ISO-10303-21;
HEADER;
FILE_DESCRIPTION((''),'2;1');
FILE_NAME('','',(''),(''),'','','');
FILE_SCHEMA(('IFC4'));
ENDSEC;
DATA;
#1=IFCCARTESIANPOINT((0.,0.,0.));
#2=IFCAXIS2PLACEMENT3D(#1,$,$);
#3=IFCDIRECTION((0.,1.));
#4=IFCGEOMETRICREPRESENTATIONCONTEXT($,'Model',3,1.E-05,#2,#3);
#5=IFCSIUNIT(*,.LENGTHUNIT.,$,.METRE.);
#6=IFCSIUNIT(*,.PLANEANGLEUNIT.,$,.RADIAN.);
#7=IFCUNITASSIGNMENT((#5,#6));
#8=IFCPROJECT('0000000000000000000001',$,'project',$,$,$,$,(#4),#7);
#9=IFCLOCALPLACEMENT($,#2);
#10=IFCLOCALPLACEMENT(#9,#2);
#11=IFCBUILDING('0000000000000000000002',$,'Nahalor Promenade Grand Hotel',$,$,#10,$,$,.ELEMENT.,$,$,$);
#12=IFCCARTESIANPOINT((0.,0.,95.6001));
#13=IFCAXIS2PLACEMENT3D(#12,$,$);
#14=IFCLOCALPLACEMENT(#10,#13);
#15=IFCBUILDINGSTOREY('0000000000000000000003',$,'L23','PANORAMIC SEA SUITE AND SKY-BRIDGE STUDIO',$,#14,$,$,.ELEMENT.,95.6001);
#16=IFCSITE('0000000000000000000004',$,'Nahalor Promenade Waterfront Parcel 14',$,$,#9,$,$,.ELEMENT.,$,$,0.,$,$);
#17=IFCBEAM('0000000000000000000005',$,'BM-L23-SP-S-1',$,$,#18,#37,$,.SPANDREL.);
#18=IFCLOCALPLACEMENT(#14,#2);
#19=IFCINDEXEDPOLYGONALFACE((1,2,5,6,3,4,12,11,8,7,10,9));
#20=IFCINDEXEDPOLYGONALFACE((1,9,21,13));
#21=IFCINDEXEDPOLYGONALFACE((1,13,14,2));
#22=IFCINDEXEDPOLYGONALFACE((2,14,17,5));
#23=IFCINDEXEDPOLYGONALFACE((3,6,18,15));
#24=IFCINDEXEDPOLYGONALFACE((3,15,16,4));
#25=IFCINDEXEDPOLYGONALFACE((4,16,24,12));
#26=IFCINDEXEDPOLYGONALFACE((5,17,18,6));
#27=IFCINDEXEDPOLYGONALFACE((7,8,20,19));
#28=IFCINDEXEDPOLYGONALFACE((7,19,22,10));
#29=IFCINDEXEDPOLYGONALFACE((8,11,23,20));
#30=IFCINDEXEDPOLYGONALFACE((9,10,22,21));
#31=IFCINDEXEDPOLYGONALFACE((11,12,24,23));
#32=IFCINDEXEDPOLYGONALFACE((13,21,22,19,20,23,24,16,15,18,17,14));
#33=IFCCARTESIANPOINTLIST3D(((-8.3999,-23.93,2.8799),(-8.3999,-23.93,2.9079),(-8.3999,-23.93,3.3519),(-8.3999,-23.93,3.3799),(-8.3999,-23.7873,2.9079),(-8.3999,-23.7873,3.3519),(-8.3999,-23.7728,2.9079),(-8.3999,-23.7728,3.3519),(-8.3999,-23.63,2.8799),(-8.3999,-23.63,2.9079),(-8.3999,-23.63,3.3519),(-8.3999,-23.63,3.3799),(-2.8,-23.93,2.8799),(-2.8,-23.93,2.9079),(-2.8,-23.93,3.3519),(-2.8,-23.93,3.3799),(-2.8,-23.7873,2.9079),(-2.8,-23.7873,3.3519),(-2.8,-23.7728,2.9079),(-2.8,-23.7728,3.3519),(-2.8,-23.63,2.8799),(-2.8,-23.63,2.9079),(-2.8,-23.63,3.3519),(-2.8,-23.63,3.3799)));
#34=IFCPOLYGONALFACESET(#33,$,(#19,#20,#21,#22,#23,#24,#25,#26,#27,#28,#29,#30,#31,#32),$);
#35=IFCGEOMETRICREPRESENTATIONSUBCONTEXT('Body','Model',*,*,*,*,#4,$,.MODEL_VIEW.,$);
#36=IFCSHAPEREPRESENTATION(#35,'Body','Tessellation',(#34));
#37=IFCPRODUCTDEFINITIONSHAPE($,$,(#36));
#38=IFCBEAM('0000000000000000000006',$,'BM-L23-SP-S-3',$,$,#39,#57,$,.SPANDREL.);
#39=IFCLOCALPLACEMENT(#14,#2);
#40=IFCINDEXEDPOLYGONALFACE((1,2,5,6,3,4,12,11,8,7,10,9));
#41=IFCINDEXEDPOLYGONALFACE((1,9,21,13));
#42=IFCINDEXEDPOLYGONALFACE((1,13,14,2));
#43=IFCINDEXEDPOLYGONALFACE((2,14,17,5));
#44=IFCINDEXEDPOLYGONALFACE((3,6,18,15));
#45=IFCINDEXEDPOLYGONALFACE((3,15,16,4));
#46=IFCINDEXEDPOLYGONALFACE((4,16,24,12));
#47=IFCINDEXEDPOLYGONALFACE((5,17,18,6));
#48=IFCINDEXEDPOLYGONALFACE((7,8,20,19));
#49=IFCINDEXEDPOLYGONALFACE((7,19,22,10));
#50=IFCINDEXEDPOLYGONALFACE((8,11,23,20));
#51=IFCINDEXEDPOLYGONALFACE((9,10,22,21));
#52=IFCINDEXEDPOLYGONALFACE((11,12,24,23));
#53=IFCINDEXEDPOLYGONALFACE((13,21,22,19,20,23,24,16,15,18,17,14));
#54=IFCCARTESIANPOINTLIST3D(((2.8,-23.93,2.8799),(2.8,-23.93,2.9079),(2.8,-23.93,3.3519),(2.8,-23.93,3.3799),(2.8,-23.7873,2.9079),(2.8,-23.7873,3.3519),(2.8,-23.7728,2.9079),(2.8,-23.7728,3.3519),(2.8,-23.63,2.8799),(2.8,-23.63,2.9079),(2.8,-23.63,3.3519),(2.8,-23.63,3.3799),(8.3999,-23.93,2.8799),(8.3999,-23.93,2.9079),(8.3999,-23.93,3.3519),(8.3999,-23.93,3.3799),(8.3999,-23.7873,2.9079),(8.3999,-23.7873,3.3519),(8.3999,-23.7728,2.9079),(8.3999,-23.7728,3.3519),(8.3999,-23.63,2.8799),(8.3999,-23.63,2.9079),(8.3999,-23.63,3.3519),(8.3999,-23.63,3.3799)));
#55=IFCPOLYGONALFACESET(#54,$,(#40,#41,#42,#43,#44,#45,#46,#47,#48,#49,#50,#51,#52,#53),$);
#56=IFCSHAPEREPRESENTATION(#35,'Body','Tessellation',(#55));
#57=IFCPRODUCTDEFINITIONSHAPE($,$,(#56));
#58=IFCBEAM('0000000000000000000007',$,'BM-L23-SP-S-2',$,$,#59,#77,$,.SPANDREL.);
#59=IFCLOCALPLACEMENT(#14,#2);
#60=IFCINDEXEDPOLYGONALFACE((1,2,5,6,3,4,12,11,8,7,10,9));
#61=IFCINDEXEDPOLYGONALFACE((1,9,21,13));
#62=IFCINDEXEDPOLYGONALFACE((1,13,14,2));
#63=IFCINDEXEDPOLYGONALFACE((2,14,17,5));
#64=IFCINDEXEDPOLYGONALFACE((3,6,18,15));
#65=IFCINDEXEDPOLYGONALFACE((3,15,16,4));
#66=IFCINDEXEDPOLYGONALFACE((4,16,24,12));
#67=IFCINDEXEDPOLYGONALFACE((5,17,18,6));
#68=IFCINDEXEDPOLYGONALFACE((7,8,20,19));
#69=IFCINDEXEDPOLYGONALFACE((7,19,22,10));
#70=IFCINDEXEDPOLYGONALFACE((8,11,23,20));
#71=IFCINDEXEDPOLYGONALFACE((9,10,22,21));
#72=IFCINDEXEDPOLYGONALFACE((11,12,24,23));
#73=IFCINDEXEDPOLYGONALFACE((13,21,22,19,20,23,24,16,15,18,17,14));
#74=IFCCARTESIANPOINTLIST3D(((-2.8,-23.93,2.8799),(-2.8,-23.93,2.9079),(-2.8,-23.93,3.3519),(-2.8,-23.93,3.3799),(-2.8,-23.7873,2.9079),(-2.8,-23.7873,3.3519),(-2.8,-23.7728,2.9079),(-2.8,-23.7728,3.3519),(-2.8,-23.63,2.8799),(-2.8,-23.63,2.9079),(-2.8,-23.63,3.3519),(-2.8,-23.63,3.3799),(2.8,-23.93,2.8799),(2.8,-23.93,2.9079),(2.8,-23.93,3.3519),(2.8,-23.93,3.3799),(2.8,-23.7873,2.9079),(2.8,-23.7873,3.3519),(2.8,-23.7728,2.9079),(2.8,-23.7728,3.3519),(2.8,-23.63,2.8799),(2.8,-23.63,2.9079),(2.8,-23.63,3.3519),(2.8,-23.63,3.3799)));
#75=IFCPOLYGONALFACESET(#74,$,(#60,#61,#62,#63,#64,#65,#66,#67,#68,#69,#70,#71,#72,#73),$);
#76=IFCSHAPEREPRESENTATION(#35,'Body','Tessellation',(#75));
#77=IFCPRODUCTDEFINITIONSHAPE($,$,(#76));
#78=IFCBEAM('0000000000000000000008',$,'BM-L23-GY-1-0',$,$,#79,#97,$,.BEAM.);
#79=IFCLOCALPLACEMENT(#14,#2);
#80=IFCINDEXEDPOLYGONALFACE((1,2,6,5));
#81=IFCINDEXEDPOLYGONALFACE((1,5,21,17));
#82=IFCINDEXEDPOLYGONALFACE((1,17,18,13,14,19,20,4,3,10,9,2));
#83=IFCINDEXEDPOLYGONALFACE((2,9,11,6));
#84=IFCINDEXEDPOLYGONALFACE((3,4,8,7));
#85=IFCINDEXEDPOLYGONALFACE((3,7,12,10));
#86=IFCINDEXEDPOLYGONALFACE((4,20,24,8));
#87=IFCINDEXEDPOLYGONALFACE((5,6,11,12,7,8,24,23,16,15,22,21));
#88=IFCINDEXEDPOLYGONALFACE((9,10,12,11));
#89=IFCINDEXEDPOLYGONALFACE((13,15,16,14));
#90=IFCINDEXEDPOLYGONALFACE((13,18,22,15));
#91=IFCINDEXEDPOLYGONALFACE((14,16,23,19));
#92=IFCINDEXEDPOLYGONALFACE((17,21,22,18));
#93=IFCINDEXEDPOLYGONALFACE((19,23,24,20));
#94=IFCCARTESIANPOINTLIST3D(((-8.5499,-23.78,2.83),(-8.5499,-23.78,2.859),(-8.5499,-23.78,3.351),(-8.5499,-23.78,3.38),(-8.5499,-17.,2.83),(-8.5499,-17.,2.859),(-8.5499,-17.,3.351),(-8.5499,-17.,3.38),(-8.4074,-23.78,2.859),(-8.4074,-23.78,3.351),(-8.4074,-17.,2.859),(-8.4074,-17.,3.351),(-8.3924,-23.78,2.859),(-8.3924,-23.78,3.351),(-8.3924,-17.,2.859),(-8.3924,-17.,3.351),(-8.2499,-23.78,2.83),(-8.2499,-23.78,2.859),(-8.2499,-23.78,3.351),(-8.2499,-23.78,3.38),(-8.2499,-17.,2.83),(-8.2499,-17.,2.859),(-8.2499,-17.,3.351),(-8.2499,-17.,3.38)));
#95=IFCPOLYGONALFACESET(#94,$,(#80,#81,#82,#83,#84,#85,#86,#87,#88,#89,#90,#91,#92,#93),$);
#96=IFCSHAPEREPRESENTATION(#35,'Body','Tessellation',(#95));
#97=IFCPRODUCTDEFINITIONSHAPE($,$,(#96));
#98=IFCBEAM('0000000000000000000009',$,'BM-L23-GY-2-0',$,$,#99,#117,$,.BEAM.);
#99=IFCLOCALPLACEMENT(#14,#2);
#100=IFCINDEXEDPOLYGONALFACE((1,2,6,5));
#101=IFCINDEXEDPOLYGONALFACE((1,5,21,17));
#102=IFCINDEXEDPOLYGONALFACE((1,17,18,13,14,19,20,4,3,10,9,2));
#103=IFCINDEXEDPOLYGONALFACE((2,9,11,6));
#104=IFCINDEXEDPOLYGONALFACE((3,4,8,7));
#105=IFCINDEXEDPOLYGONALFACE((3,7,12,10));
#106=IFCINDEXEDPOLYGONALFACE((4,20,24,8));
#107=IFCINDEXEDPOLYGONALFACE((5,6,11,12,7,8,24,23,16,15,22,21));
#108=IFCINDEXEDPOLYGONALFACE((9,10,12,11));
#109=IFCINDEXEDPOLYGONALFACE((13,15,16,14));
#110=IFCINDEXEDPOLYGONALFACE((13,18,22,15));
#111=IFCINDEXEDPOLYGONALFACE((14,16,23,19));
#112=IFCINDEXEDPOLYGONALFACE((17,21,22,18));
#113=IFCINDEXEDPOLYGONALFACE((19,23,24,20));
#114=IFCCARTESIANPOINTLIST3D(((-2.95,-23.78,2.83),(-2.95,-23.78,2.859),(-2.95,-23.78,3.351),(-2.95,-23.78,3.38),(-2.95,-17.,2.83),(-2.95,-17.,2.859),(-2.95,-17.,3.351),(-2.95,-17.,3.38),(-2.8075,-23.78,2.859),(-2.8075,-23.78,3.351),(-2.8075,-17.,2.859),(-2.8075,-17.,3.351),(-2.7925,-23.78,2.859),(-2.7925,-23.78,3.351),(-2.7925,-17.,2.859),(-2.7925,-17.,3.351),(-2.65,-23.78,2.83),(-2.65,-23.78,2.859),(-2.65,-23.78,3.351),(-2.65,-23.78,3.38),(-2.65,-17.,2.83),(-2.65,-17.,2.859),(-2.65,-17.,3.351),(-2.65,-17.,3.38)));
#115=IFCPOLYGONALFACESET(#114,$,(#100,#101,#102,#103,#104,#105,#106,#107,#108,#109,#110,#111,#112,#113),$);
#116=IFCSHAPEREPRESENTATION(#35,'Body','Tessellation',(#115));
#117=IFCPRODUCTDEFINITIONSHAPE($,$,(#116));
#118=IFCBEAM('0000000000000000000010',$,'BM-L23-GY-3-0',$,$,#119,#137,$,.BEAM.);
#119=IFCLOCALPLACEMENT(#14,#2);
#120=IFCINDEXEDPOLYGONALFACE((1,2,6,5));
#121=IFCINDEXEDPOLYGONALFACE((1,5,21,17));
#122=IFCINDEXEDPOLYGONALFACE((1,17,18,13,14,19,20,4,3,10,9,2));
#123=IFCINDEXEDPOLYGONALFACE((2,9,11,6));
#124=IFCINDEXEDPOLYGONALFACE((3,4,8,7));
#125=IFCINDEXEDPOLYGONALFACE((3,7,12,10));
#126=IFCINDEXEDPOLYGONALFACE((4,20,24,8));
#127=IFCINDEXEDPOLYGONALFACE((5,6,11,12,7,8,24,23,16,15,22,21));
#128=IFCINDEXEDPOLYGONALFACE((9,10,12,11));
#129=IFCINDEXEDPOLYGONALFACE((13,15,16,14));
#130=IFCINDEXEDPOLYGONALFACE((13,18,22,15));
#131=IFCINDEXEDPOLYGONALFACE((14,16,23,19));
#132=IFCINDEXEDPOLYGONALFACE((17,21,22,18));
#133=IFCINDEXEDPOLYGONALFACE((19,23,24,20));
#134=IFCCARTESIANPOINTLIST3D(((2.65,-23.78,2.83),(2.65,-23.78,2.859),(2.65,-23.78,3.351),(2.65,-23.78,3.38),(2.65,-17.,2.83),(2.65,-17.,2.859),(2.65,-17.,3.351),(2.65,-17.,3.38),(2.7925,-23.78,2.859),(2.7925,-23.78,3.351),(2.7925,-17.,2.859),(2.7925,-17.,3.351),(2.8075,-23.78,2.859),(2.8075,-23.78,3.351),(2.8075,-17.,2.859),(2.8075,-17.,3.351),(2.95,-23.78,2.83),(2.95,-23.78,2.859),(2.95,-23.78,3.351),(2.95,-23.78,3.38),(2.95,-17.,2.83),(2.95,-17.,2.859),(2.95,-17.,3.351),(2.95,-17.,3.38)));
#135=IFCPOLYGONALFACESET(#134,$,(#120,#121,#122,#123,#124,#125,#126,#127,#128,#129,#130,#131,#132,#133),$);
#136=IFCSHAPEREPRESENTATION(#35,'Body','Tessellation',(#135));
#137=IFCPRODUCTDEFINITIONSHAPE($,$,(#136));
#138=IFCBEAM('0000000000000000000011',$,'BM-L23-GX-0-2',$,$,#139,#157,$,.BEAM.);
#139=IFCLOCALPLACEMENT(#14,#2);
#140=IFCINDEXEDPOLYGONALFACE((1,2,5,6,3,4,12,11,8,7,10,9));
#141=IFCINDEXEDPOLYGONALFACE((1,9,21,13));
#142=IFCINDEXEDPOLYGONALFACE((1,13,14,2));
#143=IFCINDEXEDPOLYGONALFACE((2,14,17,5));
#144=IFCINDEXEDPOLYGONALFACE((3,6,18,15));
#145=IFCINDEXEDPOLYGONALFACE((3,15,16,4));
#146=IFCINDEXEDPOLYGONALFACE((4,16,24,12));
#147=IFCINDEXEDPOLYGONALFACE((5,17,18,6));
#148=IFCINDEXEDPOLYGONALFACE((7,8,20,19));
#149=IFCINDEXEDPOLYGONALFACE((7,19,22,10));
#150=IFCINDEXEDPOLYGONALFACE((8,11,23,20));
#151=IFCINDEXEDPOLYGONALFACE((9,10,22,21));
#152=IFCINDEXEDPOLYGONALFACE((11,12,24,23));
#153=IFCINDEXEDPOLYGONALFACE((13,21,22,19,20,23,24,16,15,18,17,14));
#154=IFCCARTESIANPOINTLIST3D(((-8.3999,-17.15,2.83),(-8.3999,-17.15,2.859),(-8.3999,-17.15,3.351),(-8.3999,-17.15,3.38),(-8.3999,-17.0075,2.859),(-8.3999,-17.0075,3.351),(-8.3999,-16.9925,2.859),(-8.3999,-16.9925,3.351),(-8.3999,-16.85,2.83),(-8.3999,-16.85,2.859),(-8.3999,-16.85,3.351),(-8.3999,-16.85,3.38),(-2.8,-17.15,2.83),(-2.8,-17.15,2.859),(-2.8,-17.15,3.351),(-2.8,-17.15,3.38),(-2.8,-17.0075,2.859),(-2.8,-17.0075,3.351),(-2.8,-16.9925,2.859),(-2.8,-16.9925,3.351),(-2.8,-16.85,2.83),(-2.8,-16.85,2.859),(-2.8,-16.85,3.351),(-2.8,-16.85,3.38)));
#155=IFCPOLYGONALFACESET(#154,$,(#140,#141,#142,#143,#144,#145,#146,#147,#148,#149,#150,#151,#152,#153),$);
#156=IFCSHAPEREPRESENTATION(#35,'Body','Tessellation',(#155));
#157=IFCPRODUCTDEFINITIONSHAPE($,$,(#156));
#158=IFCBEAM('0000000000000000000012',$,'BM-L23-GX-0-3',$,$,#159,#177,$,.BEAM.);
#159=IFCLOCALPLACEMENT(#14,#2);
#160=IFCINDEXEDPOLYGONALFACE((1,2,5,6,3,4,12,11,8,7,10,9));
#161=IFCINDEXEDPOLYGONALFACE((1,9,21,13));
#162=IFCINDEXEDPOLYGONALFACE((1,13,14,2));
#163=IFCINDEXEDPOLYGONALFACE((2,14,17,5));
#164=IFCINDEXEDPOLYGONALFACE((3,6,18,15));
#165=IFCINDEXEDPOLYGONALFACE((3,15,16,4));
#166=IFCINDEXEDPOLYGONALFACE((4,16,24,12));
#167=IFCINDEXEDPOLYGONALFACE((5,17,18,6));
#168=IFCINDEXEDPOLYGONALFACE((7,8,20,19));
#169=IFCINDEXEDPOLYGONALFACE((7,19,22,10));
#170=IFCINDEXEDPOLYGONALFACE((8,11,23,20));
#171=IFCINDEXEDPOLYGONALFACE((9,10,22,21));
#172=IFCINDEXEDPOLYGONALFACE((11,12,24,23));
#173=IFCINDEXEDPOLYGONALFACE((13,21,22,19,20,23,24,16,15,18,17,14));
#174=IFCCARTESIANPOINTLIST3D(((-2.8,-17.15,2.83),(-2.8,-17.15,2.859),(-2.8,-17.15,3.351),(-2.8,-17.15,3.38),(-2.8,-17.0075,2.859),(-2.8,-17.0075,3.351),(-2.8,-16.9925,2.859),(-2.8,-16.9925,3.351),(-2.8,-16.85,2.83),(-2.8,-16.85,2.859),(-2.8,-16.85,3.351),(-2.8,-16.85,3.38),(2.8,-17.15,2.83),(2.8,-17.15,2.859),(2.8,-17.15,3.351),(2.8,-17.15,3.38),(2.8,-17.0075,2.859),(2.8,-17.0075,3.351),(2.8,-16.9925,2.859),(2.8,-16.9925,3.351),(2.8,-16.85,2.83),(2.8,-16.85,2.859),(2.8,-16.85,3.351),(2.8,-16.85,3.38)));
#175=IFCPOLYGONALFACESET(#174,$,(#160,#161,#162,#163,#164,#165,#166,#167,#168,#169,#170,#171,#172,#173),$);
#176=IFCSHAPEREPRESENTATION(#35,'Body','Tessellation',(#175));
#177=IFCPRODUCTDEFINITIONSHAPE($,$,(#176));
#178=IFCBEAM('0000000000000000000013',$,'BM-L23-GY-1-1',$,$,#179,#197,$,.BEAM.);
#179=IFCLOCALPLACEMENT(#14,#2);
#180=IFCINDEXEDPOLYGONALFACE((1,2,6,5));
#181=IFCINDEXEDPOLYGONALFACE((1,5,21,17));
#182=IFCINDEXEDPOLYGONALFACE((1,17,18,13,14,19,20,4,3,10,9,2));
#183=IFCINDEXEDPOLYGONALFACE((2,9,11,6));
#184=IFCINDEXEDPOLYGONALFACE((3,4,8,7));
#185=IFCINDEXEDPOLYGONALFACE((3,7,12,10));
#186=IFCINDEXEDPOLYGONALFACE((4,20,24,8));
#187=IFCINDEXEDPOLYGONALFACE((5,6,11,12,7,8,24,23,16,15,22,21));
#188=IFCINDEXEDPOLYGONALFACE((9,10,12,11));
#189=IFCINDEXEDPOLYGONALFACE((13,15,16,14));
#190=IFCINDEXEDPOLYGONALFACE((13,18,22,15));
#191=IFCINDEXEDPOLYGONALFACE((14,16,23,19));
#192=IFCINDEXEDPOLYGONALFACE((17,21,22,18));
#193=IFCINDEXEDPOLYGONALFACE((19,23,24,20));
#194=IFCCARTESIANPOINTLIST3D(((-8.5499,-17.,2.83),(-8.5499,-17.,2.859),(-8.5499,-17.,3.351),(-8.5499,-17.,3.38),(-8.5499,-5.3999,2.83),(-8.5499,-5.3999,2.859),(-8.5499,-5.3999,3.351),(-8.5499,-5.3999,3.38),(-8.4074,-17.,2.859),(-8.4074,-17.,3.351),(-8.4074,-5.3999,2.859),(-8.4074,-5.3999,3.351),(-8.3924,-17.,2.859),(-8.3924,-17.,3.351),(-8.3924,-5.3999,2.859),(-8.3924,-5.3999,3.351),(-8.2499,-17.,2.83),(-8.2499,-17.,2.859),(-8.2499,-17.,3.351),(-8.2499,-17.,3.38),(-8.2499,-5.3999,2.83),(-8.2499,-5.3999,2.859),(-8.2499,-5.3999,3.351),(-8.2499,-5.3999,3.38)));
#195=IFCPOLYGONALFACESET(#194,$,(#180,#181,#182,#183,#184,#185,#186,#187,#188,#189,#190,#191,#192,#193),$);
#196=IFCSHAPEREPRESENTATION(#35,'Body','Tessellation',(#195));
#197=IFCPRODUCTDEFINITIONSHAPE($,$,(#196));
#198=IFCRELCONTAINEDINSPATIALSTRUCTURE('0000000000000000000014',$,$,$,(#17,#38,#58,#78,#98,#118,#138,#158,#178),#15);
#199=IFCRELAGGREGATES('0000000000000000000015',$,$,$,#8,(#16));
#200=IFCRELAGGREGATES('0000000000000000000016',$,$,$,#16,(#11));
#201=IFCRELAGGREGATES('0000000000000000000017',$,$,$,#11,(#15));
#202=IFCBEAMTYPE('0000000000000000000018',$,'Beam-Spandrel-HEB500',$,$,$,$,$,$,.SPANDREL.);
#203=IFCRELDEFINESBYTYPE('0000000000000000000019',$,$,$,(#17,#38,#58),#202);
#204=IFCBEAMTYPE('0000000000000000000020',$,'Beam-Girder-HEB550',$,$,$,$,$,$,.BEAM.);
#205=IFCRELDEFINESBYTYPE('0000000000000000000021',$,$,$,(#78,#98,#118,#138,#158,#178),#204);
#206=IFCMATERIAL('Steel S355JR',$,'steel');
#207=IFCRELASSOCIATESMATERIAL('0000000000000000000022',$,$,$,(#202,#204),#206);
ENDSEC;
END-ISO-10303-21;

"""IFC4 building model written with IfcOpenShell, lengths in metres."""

from ifc_helpers import new_model, si_unit, direction, frame, origin, origin_2d, place, context, subcontext, project, spatial, i_section, extrude, source, transform, mapped, material, material_profile, profile_set, type_object, element, save


model = new_model("IFC4")

# Units and contexts
model_context = context("Model", 3, precision=1e-05, world=origin(), true_north=direction((0.0, 1.0)))
body_context = subcontext(model_context, "Body", "Model", "MODEL_VIEW")
ifc_project = project(units=[si_unit("LENGTHUNIT", "METRE"), si_unit("PLANEANGLEUNIT", "RADIAN")], contexts=[model_context])

# Site, building, storey
site_placement = place(None, origin())
site = spatial("IfcSite", under=ifc_project, at=site_placement, Name="Nahalor Promenade Waterfront Parcel 14", CompositionType="ELEMENT", RefElevation=0.0)
building_placement = place(site_placement, origin())
building = spatial("IfcBuilding", under=site, at=building_placement, Name="Nahalor Promenade Grand Hotel", CompositionType="ELEMENT")
storey_placement = place(building_placement, frame((0.0, 0.0, 95.6001)))
storey = spatial("IfcBuildingStorey", under=building, at=storey_placement, Name="L23", Description="PANORAMIC SEA SUITE AND SKY-BRIDGE STUDIO", CompositionType="ELEMENT", Elevation=95.6001)

# Beams
ifc_material_1 = material(Name="Steel S355JR", Category="steel")
ifc_material_profile_1 = material_profile(ifc_material_1, i_section(OverallWidth=0.3, OverallDepth=0.5, WebThickness=0.0145, FlangeThickness=0.028, at=origin_2d()), Name="HEB 500")
ifc_profile_set_1 = profile_set([ifc_material_profile_1], Name="Steel S355JR")
beam_type_1 = type_object("IfcBeamType", Name="Beam-Spandrel-HEB500", PredefinedType="SPANDREL", material=ifc_profile_set_1)
shared_shape_1 = source(origin(), body_context, "Body", "SweptSolid", [
    extrude(i_section(OverallWidth=0.3, OverallDepth=0.5, WebThickness=0.0145, FlangeThickness=0.028, at=origin_2d()), origin(), (0.0, 0.0, 1.0), 5.5999),
])
for number, where, z_axis, x_axis, name in (
    (1, (-8.3999, -23.78, 3.1299), (1.0, 0.0, 0.0), (0.0, 1.0, 0.0), "BM-L23-SP-S-1"),
    (2, (2.8, -23.78, 3.1299), (1.0, 0.0, 0.0), (0.0, 1.0, 0.0), "BM-L23-SP-S-3"),
):
    element("IfcBeam", number, at=place(storey_placement, frame(where, z_axis=z_axis, x_axis=x_axis)), inside=storey, type_object=beam_type_1, Name=name, PredefinedType="SPANDREL", context=body_context, shape_type="MappedRepresentation", body=[
        mapped(shared_shape_1, transform((0.0, 0.0, 0.0), scale=1.0)),
    ])
shared_shape_2 = source(origin(), body_context, "Body", "SweptSolid", [
    extrude(i_section(OverallWidth=0.3, OverallDepth=0.5, WebThickness=0.0145, FlangeThickness=0.028, at=origin_2d()), origin(), (0.0, 0.0, 1.0), 5.6001),
])
beam_1_placement = place(storey_placement, frame((-2.8, -23.78, 3.1299), z_axis=(1.0, 0.0, 0.0), x_axis=(0.0, 1.0, 0.0)))
element("IfcBeam", 3, at=beam_1_placement, inside=storey, type_object=beam_type_1, Name="BM-L23-SP-S-2", PredefinedType="SPANDREL", context=body_context, shape_type="MappedRepresentation", body=[
    mapped(shared_shape_2, transform((0.0, 0.0, 0.0), scale=1.0)),
])
ifc_material_profile_2 = material_profile(ifc_material_1, i_section(OverallWidth=0.3, OverallDepth=0.55, WebThickness=0.015, FlangeThickness=0.029, at=origin_2d()), Name="HEB 550")
ifc_profile_set_2 = profile_set([ifc_material_profile_2], Name="Steel S355JR")
beam_type_2 = type_object("IfcBeamType", Name="Beam-Girder-HEB550", PredefinedType="BEAM", material=ifc_profile_set_2)
shared_shape_3 = source(origin(), body_context, "Body", "SweptSolid", [
    extrude(i_section(OverallWidth=0.3, OverallDepth=0.55, WebThickness=0.015, FlangeThickness=0.029, at=origin_2d()), origin(), (0.0, 0.0, 1.0), 6.78),
])
for number, where, z_axis, x_axis, name in (
    (4, (-8.3999, -23.78, 3.105), (0.0, 1.0, 0.0), (-1.0, 0.0, 0.0), "BM-L23-GY-1-0"),
    (5, (-2.8, -23.78, 3.105), (0.0, 1.0, 0.0), (-1.0, 0.0, 0.0), "BM-L23-GY-2-0"),
    (6, (2.8, -23.78, 3.105), (0.0, 1.0, 0.0), (-1.0, 0.0, 0.0), "BM-L23-GY-3-0"),
):
    element("IfcBeam", number, at=place(storey_placement, frame(where, z_axis=z_axis, x_axis=x_axis)), inside=storey, type_object=beam_type_2, Name=name, PredefinedType="BEAM", context=body_context, shape_type="MappedRepresentation", body=[
        mapped(shared_shape_3, transform((0.0, 0.0, 0.0), scale=1.0)),
    ])
shared_shape_4 = source(origin(), body_context, "Body", "SweptSolid", [
    extrude(i_section(OverallWidth=0.3, OverallDepth=0.55, WebThickness=0.015, FlangeThickness=0.029, at=origin_2d()), origin(), (0.0, 0.0, 1.0), 5.5999),
])
beam_2_placement = place(storey_placement, frame((-8.3999, -17.0, 3.105), z_axis=(1.0, 0.0, 0.0), x_axis=(0.0, 1.0, 0.0)))
element("IfcBeam", 7, at=beam_2_placement, inside=storey, type_object=beam_type_2, Name="BM-L23-GX-0-2", PredefinedType="BEAM", context=body_context, shape_type="MappedRepresentation", body=[
    mapped(shared_shape_4, transform((0.0, 0.0, 0.0), scale=1.0)),
])
shared_shape_5 = source(origin(), body_context, "Body", "SweptSolid", [
    extrude(i_section(OverallWidth=0.3, OverallDepth=0.55, WebThickness=0.015, FlangeThickness=0.029, at=origin_2d()), origin(), (0.0, 0.0, 1.0), 5.6001),
])
beam_3_placement = place(storey_placement, frame((-2.8, -17.0, 3.105), z_axis=(1.0, 0.0, 0.0), x_axis=(0.0, 1.0, 0.0)))
element("IfcBeam", 8, at=beam_3_placement, inside=storey, type_object=beam_type_2, Name="BM-L23-GX-0-3", PredefinedType="BEAM", context=body_context, shape_type="MappedRepresentation", body=[
    mapped(shared_shape_5, transform((0.0, 0.0, 0.0), scale=1.0)),
])
shared_shape_6 = source(origin(), body_context, "Body", "SweptSolid", [
    extrude(i_section(OverallWidth=0.3, OverallDepth=0.55, WebThickness=0.015, FlangeThickness=0.029, at=origin_2d()), origin(), (0.0, 0.0, 1.0), 11.6001),
])
for number, where, z_axis, x_axis, name in (
    (9, (-8.3999, -17.0, 3.105), (0.0, 1.0, 0.0), (-1.0, 0.0, 0.0), "BM-L23-GY-1-1"),
):
    element("IfcBeam", number, at=place(storey_placement, frame(where, z_axis=z_axis, x_axis=x_axis)), inside=storey, type_object=beam_type_2, Name=name, PredefinedType="BEAM", context=body_context, shape_type="MappedRepresentation", body=[
        mapped(shared_shape_6, transform((0.0, 0.0, 0.0), scale=1.0)),
    ])

save(model, "model.ifc")
